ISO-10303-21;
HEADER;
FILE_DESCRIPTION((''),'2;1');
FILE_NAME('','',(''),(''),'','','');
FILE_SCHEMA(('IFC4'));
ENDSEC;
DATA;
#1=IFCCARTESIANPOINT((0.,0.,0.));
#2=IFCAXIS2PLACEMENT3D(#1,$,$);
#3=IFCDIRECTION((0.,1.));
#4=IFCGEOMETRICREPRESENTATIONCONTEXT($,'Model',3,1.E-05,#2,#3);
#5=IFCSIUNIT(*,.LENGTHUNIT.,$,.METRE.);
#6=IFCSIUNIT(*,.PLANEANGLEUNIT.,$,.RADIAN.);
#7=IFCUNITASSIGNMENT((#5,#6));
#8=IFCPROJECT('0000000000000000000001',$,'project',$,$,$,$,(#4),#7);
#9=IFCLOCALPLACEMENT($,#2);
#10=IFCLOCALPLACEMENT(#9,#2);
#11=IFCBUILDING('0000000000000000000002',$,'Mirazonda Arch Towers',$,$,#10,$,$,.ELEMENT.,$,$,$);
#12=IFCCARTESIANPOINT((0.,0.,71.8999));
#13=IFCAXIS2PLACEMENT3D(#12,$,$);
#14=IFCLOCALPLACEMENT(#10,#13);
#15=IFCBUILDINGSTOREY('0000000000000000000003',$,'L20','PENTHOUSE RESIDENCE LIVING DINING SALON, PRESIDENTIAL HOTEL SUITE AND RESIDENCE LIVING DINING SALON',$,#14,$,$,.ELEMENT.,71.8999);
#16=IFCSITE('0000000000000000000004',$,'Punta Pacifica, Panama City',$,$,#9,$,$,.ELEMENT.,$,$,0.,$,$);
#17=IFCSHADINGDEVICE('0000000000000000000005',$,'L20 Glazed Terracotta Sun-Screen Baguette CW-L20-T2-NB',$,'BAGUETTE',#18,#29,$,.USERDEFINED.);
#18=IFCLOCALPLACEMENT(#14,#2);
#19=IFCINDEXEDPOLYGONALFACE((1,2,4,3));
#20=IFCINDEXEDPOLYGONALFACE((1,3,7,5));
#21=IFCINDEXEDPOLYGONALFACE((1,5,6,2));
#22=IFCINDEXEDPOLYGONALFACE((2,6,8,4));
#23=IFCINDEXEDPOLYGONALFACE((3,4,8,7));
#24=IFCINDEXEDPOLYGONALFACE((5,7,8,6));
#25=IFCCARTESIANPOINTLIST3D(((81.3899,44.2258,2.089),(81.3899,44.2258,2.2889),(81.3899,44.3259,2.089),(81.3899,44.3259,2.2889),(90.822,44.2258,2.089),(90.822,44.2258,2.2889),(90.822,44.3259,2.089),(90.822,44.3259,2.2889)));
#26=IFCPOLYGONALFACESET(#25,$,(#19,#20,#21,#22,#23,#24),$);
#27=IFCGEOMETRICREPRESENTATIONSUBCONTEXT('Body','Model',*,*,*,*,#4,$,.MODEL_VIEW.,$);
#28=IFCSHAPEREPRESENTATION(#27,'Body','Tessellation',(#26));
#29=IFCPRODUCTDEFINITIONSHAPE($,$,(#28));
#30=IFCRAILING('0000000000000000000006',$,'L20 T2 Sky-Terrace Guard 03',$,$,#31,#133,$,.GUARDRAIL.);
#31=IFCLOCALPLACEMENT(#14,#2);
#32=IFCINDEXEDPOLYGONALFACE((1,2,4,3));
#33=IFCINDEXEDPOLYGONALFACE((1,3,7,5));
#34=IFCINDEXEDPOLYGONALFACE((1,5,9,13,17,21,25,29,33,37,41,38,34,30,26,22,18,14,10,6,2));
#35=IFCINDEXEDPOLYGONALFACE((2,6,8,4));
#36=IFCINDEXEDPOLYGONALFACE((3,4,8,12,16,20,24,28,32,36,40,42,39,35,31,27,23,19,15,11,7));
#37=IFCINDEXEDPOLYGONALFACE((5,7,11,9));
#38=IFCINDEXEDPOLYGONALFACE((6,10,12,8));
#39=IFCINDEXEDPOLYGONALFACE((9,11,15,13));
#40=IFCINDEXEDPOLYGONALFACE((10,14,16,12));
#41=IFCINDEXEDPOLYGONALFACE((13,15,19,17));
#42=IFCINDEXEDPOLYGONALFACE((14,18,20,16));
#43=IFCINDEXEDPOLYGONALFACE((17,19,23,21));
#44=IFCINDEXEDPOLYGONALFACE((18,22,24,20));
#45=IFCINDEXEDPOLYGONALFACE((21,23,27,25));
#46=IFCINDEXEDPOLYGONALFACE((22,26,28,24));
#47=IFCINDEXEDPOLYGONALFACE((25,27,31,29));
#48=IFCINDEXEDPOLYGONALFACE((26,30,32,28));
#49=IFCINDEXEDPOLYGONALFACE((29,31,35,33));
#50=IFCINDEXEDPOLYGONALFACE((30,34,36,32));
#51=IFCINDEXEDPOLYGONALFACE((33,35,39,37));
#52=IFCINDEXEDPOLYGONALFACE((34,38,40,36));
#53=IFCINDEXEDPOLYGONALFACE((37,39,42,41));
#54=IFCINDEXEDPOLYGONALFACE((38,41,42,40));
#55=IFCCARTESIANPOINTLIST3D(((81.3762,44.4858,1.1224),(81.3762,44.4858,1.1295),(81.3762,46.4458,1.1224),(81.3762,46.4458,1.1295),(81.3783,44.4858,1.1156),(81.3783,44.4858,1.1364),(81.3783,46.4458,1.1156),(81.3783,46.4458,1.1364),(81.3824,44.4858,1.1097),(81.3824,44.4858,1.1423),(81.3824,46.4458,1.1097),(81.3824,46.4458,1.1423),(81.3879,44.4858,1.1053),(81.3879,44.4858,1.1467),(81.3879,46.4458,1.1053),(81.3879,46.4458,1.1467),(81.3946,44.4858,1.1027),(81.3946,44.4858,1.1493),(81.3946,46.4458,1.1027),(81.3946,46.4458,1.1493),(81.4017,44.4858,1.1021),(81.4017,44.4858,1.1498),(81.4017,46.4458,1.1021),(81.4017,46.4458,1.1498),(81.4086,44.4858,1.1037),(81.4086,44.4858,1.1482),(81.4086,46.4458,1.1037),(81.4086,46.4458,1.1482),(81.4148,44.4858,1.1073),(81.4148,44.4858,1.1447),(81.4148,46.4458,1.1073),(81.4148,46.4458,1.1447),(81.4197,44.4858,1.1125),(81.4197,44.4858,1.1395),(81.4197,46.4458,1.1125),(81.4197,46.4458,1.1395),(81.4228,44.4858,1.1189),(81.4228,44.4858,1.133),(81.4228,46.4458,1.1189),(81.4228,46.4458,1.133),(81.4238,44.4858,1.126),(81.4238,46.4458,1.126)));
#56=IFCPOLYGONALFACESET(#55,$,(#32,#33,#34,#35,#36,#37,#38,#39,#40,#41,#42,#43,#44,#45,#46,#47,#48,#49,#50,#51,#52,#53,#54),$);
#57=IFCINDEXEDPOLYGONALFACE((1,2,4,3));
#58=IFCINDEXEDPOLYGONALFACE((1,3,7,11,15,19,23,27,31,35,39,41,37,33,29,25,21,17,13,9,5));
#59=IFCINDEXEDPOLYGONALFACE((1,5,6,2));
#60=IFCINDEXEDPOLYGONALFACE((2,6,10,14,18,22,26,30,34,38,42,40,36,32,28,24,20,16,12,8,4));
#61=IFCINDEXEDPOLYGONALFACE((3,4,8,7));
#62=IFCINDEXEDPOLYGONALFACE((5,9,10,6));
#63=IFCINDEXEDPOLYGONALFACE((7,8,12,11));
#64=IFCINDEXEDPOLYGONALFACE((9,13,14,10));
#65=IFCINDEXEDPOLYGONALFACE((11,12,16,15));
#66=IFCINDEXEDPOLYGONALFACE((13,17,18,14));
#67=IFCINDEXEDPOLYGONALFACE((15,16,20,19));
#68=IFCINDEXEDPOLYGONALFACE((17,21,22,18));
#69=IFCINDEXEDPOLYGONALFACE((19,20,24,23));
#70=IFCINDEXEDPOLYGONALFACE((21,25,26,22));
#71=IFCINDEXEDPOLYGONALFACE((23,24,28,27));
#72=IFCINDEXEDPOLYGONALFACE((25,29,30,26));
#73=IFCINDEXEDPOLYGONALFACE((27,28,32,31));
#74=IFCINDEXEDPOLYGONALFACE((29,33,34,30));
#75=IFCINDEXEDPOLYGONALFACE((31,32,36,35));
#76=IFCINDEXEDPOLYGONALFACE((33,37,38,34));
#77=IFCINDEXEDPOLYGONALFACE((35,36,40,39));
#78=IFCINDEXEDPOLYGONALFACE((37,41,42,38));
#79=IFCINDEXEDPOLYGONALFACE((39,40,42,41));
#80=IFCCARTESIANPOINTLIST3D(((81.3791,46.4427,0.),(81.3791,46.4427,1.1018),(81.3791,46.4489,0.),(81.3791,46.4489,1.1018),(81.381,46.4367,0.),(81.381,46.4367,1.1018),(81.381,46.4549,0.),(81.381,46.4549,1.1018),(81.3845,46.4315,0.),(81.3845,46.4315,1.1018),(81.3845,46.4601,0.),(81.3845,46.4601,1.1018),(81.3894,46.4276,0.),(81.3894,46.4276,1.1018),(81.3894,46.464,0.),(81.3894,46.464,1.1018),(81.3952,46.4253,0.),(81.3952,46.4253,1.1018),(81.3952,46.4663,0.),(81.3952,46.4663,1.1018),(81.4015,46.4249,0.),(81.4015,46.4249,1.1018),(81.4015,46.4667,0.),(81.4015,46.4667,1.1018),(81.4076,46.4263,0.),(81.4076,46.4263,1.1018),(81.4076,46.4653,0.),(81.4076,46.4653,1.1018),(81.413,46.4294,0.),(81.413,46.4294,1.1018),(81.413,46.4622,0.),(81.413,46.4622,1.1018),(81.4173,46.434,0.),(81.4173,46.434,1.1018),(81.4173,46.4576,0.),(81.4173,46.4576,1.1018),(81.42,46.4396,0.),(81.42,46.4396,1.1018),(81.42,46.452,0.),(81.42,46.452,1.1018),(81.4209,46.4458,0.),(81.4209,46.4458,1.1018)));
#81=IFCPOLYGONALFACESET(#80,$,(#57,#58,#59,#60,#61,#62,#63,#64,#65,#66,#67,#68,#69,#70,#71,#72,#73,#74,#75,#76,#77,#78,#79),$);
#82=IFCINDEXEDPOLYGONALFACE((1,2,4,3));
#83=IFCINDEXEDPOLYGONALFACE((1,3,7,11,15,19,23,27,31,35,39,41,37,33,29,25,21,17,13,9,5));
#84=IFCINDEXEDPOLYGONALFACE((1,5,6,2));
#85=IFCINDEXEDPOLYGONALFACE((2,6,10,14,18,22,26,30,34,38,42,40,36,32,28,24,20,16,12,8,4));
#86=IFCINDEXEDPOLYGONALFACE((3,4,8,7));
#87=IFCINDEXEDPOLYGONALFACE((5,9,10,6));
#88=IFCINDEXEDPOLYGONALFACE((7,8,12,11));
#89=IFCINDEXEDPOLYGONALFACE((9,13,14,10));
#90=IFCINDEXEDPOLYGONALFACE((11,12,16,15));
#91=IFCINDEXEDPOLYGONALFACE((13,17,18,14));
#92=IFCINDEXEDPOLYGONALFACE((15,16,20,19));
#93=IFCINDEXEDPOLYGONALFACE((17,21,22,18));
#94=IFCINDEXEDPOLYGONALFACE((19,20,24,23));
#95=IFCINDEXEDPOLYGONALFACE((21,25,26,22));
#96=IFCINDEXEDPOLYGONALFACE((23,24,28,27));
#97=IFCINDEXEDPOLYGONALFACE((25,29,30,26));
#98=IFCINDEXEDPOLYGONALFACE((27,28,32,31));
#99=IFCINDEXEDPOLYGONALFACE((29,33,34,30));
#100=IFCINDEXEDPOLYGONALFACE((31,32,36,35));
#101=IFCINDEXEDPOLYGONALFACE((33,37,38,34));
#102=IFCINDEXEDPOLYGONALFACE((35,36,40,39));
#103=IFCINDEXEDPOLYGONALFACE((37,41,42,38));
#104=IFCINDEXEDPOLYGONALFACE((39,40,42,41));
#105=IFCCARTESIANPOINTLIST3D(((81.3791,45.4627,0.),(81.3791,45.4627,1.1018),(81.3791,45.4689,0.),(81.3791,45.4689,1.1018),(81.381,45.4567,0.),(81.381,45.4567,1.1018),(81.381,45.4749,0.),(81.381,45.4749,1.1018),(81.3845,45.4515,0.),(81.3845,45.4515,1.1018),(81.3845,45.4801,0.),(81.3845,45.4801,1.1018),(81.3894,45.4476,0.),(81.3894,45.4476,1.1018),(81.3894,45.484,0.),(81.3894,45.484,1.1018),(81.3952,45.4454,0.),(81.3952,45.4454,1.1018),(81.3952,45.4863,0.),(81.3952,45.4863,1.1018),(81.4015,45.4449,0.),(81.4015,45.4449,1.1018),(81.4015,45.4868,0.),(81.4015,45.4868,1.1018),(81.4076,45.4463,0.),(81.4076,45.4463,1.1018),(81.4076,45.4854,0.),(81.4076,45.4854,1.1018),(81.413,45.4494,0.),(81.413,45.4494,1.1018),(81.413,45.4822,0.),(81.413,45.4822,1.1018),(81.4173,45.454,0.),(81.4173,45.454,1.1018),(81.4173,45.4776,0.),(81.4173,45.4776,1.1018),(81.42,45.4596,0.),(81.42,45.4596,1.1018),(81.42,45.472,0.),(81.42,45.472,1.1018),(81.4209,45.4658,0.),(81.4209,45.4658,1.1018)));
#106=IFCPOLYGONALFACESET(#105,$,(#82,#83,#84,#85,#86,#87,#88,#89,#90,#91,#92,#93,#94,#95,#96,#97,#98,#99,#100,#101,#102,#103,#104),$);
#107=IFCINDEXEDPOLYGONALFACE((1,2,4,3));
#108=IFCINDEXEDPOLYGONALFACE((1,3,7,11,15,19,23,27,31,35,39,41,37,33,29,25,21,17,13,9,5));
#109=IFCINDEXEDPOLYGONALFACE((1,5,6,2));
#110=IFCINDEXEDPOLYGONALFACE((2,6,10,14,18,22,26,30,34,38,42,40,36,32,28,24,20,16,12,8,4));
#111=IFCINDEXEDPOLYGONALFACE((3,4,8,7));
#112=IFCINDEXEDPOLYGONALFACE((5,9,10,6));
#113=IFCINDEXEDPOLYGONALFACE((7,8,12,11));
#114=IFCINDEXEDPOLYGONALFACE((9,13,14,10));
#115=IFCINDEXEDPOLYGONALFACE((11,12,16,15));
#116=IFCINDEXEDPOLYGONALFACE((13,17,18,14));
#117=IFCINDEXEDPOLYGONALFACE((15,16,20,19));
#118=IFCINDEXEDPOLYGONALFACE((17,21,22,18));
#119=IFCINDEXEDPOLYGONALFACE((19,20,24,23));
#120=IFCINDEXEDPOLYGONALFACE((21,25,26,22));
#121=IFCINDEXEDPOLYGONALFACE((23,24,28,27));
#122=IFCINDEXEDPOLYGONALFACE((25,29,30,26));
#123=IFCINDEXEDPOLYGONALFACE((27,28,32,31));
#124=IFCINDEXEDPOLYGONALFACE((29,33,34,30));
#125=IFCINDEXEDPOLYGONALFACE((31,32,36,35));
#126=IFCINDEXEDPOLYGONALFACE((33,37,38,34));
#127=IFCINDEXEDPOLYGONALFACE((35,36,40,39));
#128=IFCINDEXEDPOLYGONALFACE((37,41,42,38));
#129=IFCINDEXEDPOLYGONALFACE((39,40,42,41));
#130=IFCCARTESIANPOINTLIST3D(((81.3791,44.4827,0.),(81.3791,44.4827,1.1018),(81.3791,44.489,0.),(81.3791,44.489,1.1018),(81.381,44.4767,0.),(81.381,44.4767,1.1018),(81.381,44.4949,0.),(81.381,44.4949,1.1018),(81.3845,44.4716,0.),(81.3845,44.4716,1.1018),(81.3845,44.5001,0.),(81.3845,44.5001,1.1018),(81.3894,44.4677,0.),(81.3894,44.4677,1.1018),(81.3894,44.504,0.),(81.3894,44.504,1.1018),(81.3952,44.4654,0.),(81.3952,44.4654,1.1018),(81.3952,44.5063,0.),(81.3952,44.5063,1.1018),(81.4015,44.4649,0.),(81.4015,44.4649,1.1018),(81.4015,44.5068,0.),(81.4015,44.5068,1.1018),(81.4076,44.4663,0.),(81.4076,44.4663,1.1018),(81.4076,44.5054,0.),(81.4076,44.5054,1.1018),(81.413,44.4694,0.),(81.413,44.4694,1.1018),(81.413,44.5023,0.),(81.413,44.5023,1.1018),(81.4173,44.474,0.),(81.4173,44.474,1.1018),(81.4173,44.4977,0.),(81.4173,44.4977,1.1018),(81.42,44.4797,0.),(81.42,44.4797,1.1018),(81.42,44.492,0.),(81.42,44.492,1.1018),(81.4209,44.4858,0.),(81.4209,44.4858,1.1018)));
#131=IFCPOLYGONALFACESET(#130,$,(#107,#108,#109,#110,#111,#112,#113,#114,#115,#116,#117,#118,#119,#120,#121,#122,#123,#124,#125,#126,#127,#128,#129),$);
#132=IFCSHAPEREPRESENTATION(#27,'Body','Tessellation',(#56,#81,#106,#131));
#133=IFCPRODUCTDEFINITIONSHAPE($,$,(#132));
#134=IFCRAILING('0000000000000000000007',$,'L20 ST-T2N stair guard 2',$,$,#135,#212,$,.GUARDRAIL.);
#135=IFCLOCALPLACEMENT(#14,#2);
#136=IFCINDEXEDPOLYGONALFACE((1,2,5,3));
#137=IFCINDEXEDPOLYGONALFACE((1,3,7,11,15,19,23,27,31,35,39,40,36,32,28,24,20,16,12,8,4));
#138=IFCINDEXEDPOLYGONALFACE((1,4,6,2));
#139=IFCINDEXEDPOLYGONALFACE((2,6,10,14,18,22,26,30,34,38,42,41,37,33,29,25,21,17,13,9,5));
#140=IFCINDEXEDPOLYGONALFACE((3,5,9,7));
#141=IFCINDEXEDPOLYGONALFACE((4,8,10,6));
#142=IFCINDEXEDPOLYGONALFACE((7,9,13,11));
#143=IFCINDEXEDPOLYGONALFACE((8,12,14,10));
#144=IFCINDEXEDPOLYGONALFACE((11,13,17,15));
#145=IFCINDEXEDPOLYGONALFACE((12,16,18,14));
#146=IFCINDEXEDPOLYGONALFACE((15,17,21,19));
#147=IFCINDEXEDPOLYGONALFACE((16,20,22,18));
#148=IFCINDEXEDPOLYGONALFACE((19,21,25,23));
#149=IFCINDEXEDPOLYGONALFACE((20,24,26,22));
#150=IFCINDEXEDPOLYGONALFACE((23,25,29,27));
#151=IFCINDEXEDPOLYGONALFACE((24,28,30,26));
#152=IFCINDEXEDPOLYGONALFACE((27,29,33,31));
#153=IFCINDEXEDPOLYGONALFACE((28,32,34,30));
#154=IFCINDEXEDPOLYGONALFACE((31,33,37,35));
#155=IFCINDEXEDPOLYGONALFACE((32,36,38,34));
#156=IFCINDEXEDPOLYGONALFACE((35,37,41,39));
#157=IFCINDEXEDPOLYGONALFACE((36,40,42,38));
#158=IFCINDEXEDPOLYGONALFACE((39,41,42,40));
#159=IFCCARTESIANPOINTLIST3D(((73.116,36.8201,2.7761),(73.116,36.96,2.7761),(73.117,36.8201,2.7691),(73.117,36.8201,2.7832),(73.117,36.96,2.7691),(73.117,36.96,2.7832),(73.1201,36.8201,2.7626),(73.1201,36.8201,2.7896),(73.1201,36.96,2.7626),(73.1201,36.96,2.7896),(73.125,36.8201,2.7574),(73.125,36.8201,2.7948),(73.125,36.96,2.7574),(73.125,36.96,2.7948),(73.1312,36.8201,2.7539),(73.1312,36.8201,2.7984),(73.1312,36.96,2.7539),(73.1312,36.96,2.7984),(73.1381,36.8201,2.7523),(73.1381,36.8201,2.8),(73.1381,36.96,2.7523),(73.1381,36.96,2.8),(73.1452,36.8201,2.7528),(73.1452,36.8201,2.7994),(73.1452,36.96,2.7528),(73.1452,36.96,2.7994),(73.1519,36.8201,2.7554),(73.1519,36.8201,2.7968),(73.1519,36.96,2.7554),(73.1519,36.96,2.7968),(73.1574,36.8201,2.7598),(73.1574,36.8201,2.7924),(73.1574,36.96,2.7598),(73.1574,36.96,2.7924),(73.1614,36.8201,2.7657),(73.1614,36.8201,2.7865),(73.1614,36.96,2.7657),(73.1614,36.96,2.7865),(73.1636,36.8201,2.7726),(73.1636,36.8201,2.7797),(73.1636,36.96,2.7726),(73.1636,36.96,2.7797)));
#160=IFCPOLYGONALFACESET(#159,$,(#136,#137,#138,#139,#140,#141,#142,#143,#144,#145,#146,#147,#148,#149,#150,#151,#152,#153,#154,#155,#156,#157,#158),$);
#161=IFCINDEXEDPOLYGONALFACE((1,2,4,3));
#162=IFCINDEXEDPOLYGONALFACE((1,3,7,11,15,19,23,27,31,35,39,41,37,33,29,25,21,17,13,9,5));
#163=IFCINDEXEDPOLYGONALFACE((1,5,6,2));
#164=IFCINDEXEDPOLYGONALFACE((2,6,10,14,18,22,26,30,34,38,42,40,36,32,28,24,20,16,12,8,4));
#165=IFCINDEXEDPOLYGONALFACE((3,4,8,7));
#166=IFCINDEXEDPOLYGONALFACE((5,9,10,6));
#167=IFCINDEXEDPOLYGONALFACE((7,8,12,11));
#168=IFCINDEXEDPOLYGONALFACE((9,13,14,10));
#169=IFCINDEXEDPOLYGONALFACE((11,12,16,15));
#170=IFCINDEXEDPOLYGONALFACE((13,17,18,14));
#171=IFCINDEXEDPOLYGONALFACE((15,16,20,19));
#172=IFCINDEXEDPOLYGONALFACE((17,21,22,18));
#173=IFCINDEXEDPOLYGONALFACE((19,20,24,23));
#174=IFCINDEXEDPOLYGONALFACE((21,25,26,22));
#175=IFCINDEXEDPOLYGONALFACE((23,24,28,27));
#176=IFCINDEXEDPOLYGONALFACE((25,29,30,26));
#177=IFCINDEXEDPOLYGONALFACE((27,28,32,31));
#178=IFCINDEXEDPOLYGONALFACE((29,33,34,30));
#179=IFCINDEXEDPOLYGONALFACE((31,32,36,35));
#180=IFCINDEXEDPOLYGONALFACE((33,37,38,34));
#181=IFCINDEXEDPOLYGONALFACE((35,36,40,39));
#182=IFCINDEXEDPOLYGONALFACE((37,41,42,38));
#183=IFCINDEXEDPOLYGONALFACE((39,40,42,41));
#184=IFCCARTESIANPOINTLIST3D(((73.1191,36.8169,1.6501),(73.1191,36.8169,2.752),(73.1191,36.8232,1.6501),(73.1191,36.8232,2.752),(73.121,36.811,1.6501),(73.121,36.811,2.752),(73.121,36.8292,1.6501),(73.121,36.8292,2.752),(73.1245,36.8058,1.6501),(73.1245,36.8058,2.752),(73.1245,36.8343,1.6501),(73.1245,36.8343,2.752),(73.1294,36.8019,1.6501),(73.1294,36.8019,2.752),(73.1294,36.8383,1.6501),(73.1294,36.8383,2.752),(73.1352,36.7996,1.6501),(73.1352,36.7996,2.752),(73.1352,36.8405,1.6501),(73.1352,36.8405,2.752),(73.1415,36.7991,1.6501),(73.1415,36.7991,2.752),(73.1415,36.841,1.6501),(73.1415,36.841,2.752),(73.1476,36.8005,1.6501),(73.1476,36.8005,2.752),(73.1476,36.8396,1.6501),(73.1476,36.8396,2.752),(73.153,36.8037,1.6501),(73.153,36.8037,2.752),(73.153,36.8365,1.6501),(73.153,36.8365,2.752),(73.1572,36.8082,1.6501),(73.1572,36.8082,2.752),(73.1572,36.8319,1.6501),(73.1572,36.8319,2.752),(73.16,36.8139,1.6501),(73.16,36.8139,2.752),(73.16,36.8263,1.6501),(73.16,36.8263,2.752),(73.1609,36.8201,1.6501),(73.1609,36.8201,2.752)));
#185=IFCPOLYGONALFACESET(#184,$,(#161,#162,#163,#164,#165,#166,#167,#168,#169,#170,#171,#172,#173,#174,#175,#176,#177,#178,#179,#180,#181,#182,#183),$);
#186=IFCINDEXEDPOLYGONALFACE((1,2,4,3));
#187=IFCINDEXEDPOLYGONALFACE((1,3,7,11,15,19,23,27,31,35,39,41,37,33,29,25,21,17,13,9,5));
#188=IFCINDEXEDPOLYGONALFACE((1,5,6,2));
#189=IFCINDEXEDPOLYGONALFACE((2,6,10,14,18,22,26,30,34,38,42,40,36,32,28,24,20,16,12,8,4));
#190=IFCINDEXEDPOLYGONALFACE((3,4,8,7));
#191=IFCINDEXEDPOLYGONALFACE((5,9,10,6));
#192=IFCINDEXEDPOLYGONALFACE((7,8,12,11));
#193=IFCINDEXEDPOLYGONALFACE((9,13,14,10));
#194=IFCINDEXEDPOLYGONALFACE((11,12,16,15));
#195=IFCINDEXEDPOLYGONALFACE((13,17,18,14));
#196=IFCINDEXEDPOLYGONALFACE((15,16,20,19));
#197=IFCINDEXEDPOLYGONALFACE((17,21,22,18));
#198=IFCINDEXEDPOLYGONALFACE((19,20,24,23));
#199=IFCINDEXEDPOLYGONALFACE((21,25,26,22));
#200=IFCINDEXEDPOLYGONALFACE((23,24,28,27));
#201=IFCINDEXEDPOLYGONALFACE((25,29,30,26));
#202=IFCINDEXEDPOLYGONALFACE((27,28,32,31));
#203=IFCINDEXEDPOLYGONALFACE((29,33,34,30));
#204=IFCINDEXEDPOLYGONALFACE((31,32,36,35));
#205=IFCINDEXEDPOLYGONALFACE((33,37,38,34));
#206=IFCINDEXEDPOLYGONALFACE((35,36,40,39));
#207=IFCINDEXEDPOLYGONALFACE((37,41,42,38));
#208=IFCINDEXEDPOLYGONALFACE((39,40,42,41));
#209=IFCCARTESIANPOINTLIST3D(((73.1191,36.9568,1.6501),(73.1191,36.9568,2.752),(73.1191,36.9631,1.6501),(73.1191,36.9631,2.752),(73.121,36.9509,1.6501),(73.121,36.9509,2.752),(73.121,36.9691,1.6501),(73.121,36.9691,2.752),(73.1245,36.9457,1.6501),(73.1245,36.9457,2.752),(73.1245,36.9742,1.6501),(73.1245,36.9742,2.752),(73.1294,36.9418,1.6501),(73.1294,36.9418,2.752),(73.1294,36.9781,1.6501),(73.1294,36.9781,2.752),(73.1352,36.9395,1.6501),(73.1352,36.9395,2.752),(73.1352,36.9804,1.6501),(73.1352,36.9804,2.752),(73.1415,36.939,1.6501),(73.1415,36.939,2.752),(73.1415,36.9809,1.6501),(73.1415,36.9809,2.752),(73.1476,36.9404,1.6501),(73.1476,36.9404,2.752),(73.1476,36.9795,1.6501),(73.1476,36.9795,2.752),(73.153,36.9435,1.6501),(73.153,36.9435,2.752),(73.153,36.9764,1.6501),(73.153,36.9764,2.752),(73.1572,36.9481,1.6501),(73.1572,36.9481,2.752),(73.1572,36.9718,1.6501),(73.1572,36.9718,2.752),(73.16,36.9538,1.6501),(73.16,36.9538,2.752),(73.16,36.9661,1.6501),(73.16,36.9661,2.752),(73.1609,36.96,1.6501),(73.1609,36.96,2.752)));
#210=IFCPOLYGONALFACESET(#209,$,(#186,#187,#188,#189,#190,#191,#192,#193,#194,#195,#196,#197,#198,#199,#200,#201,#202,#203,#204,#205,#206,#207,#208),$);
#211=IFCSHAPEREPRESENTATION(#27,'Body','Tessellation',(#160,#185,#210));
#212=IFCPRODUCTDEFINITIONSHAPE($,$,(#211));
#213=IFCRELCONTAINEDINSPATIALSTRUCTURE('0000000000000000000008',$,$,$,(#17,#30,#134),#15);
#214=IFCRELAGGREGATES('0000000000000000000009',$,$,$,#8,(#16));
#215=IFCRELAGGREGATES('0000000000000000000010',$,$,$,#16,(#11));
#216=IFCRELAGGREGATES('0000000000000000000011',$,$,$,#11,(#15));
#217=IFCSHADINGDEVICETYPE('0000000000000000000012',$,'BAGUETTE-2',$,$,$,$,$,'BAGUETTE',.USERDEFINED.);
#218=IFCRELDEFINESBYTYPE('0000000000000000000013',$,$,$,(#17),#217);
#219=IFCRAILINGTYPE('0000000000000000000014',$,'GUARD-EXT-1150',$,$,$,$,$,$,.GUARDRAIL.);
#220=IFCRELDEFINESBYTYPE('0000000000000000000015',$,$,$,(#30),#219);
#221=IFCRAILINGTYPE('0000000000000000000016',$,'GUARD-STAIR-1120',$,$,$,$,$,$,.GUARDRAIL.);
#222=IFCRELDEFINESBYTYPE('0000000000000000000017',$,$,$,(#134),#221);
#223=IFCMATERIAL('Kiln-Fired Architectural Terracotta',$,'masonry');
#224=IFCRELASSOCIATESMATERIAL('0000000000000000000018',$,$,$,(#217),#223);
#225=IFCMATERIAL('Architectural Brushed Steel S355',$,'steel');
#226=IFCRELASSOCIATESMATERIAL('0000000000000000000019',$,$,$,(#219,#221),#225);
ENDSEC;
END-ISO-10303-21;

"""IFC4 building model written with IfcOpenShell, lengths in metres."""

from ifc_helpers import new_model, si_unit, direction, frame, origin, origin_2d, place, context, subcontext, project, spatial, rectangle, circle, extrude, material, material_profile, profile_set, type_object, element, save


model = new_model("IFC4")

# Units and contexts
model_context = context("Model", 3, precision=1e-05, world=origin(), true_north=direction((0.0, 1.0)))
body_context = subcontext(model_context, "Body", "Model", "MODEL_VIEW")
ifc_project = project(units=[si_unit("LENGTHUNIT", "METRE"), si_unit("PLANEANGLEUNIT", "RADIAN")], contexts=[model_context])

# Site, building, storey
site_placement = place(None, origin())
site = spatial("IfcSite", under=ifc_project, at=site_placement, Name="Punta Pacifica, Panama City", CompositionType="ELEMENT", RefElevation=0.0)
building_placement = place(site_placement, origin())
building = spatial("IfcBuilding", under=site, at=building_placement, Name="Mirazonda Arch Towers", CompositionType="ELEMENT")
storey_placement = place(building_placement, frame((0.0, 0.0, 71.8999)))
storey = spatial("IfcBuildingStorey", under=building, at=storey_placement, Name="L20", Description="PENTHOUSE RESIDENCE LIVING DINING SALON, PRESIDENTIAL HOTEL SUITE AND RESIDENCE LIVING DINING SALON", CompositionType="ELEMENT", Elevation=71.8999)

# Shading device
ifc_material_1 = material(Name="Kiln-Fired Architectural Terracotta", Category="masonry")
ifc_material_profile_1 = material_profile(ifc_material_1, rectangle(XDim=0.1001, YDim=0.2, at=origin_2d()), Name="TERRA-BAG-100x200")
ifc_profile_set_1 = profile_set([ifc_material_profile_1], Name="Kiln-Fired Architectural Terracotta")
shading_device_type = type_object("IfcShadingDeviceType", Name="BAGUETTE-2", ElementType="BAGUETTE", PredefinedType="USERDEFINED", material=ifc_profile_set_1)
shading_device_placement = place(storey_placement, frame((81.3899, 44.2759, 2.189), z_axis=(1.0, 0.0, 0.0), x_axis=(0.0, 1.0, 0.0)))
element("IfcShadingDevice", 1, at=shading_device_placement, inside=storey, type_object=shading_device_type, Name="L20 Glazed Terracotta Sun-Screen Baguette CW-L20-T2-NB", ObjectType="BAGUETTE", PredefinedType="USERDEFINED", context=body_context, shape_type="SweptSolid", body=[
    extrude(rectangle(XDim=0.1001, YDim=0.2, at=origin_2d()), origin(), (0.0, 0.0, 1.0), 9.4321),
])

# Railings
ifc_material_2 = material(Name="Architectural Brushed Steel S355", Category="steel")
railing_type_1 = type_object("IfcRailingType", Name="GUARD-EXT-1150", PredefinedType="GUARDRAIL", material=ifc_material_2)
railing_1_placement = place(storey_placement, frame((81.3999, 46.4458, 0.0)))
element("IfcRailing", 2, at=railing_1_placement, inside=storey, type_object=railing_type_1, Name="L20 T2 Sky-Terrace Guard 03", PredefinedType="GUARDRAIL", context=body_context, shape_type="SweptSolid", body=[
    extrude(circle(Radius=0.0239, at=origin_2d()), frame((0.0, 0.0, 1.126), z_axis=(0.0, -1.0, 0.0), x_axis=(1.0, 0.0, 0.0)), (0.0, 0.0, 1.0), 1.96),
    extrude(circle(Radius=0.021, at=origin_2d()), origin(), (0.0, 0.0, 1.0), 1.1018),
    extrude(circle(Radius=0.021, at=origin_2d()), frame((0.0, -0.98, 0.0)), (0.0, 0.0, 1.0), 1.1018),
    extrude(circle(Radius=0.021, at=origin_2d()), frame((0.0, -1.96, 0.0)), (0.0, 0.0, 1.0), 1.1018),
])
railing_type_2 = type_object("IfcRailingType", Name="GUARD-STAIR-1120", PredefinedType="GUARDRAIL", material=ifc_material_2)
railing_2_placement = place(storey_placement, frame((73.1399, 36.8201, 1.6501)))
element("IfcRailing", 3, at=railing_2_placement, inside=storey, type_object=railing_type_2, Name="L20 ST-T2N stair guard 2", PredefinedType="GUARDRAIL", context=body_context, shape_type="SweptSolid", body=[
    extrude(circle(Radius=0.0239, at=origin_2d()), frame((0.0, 0.0, 1.126), z_axis=(0.0, 1.0, 0.0), x_axis=(-1.0, 0.0, 0.0)), (0.0, 0.0, 1.0), 0.1399),
    extrude(circle(Radius=0.021, at=origin_2d()), origin(), (0.0, 0.0, 1.0), 1.1018),
    extrude(circle(Radius=0.021, at=origin_2d()), frame((0.0, 0.1399, 0.0)), (0.0, 0.0, 1.0), 1.1018),
])

save(model, "model.ifc")
